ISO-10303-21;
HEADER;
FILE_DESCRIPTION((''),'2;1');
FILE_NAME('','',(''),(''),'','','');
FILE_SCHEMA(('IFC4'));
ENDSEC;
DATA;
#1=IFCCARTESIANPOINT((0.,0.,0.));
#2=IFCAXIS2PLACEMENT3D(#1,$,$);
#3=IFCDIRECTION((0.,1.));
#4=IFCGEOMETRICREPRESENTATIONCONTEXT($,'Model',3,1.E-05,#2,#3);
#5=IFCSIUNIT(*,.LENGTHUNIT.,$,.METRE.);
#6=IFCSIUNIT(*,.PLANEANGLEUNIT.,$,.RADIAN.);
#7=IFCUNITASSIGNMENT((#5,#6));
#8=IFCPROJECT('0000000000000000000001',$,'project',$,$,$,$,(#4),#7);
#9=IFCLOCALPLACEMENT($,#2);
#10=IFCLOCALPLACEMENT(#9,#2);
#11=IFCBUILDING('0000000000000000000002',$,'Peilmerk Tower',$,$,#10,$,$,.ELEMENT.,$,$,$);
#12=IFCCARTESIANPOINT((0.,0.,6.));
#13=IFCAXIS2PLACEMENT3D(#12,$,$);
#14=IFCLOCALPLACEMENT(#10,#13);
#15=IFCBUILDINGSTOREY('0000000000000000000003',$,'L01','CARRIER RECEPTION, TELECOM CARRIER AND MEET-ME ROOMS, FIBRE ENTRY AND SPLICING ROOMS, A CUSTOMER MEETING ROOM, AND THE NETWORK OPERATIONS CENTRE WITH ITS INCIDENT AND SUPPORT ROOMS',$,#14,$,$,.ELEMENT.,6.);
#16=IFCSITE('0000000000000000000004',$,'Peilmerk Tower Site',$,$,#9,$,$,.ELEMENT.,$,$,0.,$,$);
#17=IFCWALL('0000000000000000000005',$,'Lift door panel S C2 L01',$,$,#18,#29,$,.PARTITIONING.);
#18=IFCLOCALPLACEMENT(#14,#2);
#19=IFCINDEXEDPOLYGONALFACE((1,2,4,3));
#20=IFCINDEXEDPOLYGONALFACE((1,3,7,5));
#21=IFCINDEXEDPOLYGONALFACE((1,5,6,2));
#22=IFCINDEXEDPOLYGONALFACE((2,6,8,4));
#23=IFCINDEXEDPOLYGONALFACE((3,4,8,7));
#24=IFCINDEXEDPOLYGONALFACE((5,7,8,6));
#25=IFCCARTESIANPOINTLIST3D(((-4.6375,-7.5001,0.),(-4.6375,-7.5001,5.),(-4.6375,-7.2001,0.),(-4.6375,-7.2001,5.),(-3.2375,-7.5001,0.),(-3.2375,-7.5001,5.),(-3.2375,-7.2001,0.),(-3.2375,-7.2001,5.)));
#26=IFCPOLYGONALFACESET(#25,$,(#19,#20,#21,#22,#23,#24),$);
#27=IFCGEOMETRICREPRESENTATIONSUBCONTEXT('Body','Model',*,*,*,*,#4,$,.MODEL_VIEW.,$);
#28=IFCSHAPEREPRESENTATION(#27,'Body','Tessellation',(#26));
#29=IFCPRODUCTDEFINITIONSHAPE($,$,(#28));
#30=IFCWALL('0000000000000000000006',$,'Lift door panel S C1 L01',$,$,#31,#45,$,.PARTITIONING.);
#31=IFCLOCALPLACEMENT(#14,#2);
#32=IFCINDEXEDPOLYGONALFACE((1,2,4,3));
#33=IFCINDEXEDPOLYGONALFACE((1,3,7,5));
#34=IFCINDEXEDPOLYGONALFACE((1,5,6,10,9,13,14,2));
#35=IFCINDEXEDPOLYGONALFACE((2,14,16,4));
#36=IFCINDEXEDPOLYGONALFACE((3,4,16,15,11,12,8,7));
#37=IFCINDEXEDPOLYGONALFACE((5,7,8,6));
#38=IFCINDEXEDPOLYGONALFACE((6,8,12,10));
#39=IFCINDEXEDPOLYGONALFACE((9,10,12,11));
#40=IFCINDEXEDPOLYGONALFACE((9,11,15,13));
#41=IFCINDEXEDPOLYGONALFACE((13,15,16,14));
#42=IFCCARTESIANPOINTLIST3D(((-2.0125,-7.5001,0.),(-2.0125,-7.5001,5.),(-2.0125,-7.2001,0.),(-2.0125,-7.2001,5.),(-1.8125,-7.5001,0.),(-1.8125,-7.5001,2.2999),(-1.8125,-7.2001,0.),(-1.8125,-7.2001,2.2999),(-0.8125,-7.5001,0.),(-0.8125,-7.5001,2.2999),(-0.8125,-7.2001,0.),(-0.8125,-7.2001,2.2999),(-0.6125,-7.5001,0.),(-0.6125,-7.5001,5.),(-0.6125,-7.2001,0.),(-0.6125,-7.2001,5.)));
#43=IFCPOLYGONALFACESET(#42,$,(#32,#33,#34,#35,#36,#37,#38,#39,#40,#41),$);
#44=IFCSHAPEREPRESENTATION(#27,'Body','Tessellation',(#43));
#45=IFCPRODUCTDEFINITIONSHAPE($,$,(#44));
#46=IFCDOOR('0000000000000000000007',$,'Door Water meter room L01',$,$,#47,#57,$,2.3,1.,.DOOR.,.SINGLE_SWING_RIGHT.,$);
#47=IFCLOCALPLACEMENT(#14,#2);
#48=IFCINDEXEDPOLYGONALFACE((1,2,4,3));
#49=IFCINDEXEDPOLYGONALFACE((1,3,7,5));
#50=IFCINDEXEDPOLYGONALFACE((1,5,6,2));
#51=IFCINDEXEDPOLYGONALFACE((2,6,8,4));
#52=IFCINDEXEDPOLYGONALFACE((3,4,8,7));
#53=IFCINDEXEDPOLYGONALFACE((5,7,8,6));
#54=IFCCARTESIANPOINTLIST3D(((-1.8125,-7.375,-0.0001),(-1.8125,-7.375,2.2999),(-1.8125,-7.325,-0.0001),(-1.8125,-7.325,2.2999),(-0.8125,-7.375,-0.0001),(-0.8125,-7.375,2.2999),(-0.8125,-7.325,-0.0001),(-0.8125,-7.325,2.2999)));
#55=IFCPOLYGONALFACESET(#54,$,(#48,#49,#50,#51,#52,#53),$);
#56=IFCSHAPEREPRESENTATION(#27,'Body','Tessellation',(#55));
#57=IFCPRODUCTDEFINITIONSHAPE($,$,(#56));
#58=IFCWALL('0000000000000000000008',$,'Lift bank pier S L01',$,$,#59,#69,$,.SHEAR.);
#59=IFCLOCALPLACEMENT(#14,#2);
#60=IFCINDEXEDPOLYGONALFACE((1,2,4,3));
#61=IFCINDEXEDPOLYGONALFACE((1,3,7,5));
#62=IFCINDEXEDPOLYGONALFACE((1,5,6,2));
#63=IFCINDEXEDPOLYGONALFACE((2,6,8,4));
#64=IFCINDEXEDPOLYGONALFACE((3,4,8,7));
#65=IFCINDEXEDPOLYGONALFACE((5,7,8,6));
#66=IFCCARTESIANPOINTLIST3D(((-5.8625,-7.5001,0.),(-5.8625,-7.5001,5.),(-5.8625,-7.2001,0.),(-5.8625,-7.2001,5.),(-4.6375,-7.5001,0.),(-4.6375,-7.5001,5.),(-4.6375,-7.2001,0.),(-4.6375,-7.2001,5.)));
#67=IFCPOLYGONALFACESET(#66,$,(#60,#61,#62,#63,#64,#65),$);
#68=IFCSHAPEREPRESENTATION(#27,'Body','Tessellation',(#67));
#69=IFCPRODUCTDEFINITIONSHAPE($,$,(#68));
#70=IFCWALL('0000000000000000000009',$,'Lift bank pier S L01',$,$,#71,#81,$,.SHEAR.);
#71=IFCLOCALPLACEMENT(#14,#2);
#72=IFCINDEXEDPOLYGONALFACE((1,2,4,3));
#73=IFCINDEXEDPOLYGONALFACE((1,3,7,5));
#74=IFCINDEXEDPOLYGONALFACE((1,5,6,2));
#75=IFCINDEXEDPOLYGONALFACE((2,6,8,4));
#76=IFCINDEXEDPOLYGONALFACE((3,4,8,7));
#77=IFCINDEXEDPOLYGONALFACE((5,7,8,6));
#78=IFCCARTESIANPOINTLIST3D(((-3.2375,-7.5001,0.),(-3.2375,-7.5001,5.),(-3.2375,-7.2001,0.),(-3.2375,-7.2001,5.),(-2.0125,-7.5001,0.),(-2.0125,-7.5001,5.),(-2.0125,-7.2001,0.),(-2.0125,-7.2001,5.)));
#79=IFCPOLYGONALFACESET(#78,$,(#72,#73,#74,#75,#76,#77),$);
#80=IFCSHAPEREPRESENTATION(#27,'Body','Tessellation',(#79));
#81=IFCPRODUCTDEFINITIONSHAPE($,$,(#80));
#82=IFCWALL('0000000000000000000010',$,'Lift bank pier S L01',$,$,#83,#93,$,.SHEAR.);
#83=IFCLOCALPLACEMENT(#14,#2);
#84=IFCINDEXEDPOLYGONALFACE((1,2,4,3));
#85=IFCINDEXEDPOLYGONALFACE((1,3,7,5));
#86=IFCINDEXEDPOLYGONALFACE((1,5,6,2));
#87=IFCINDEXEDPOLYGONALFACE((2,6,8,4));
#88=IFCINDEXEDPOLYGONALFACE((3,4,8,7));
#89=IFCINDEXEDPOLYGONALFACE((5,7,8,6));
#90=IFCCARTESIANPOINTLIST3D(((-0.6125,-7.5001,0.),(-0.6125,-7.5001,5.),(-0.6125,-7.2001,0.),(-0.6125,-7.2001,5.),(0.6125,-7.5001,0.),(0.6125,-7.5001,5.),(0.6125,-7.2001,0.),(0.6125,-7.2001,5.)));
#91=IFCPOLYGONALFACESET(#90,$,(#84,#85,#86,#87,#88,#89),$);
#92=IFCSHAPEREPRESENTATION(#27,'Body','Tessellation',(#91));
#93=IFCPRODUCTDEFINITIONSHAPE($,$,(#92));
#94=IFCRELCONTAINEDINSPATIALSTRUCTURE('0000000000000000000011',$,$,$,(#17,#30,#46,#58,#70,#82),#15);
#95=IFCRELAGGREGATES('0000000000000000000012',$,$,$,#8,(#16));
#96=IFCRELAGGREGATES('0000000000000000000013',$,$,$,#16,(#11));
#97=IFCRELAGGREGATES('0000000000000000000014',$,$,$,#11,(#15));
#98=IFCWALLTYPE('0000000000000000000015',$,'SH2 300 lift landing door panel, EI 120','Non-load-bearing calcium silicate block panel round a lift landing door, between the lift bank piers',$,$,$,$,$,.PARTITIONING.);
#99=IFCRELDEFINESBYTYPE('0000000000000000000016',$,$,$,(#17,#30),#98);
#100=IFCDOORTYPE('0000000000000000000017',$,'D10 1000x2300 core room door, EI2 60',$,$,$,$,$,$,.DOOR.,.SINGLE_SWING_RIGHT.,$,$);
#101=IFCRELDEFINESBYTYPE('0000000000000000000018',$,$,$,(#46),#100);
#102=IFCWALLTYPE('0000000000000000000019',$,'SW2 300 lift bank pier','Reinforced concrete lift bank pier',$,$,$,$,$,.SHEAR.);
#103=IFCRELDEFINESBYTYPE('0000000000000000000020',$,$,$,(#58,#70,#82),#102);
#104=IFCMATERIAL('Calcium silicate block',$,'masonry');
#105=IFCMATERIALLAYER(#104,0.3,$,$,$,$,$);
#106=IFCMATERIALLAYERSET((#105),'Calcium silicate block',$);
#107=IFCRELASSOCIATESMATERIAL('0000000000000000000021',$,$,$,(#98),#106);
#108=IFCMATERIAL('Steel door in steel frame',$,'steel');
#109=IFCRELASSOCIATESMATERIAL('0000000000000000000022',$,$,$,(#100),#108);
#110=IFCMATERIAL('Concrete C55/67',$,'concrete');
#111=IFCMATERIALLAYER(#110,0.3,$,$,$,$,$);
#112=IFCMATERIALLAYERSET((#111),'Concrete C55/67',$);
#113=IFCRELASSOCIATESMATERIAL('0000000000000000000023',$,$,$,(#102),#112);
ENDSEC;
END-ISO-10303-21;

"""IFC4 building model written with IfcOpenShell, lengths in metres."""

from ifc_helpers import new_model, si_unit, direction, frame, frame_2d, origin, place, context, subcontext, project, spatial, rectangle, extrude, material, layer, layer_set, type_object, element, fill, save


model = new_model("IFC4")

# Units and contexts
model_context = context("Model", 3, precision=1e-05, world=origin(), true_north=direction((0.0, 1.0)))
body_context = subcontext(model_context, "Body", "Model", "MODEL_VIEW")
ifc_project = project(units=[si_unit("LENGTHUNIT", "METRE"), si_unit("PLANEANGLEUNIT", "RADIAN")], contexts=[model_context])

# Site, building, storey
site_placement = place(None, origin())
site = spatial("IfcSite", under=ifc_project, at=site_placement, Name="Peilmerk Tower Site", CompositionType="ELEMENT", RefElevation=0.0)
building_placement = place(site_placement, origin())
building = spatial("IfcBuilding", under=site, at=building_placement, Name="Peilmerk Tower", CompositionType="ELEMENT")
storey_placement = place(building_placement, frame((0.0, 0.0, 6.0)))
storey = spatial("IfcBuildingStorey", under=building, at=storey_placement, Name="L01", Description="CARRIER RECEPTION, TELECOM CARRIER AND MEET-ME ROOMS, FIBRE ENTRY AND SPLICING ROOMS, A CUSTOMER MEETING ROOM, AND THE NETWORK OPERATIONS CENTRE WITH ITS INCIDENT AND SUPPORT ROOMS", CompositionType="ELEMENT", Elevation=6.0)

# Shared definitions
ifc_material_1 = material(Name="Calcium silicate block", Category="masonry")

# Shared definitions
ifc_layer_1 = layer(ifc_material_1, 0.3)
ifc_layer_set_1 = layer_set([ifc_layer_1], Name="Calcium silicate block")
wall_type_1 = type_object("IfcWallType", Name="SH2 300 lift landing door panel, EI 120", Description="Non-load-bearing calcium silicate block panel round a lift landing door, between the lift bank piers", PredefinedType="PARTITIONING", material=ifc_layer_set_1)
ifc_material_2 = material(Name="Steel door in steel frame", Category="steel")
door_type = type_object("IfcDoorType", Name="D10 1000x2300 core room door, EI2 60", OperationType="SINGLE_SWING_RIGHT", PredefinedType="DOOR", material=ifc_material_2)

# Wall
wall_1_placement = place(storey_placement, frame((-4.6375, -7.3501, 0.0), z_axis=(0.0, 0.0, 1.0), x_axis=(1.0, 0.0, 0.0)))
element("IfcWall", 1, at=wall_1_placement, inside=storey, type_object=wall_type_1, Name="Lift door panel S C2 L01", PredefinedType="PARTITIONING", context=body_context, shape_type="SweptSolid", body=[
    extrude(rectangle(XDim=1.3999, YDim=0.3, at=frame_2d((0.7, 0.0))), origin(), (0.0, 0.0, 1.0), 5.0),
])

# Wall, opening, door
wall_2_placement = place(storey_placement, frame((-2.0125, -7.3501, 0.0), z_axis=(0.0, 0.0, 1.0), x_axis=(1.0, 0.0, 0.0)))
wall_2 = element("IfcWall", 2, at=wall_2_placement, inside=storey, type_object=wall_type_1, Name="Lift door panel S C1 L01", PredefinedType="PARTITIONING", context=body_context, shape_type="SweptSolid", body=[
    extrude(rectangle(XDim=1.3999, YDim=0.3, at=frame_2d((0.7, 0.0))), origin(), (0.0, 0.0, 1.0), 5.0),
])
opening_1_placement = place(wall_2_placement, frame((0.2, 0.0, 0.0)))
opening_1 = element("IfcOpeningElement", 3, at=opening_1_placement, cuts=wall_2, PredefinedType="OPENING", context=body_context, shape_type="SweptSolid", body=[
    extrude(rectangle(XDim=1.0, YDim=2.3, at=frame_2d((0.5, 1.1499))), frame((0.0, 0.1599, 0.0), z_axis=(0.0, -1.0, 0.0), x_axis=(1.0, 0.0, 0.0)), (0.0, 0.0, 1.0), 0.3201),
])
door_1_placement = place(opening_1_placement, frame((1.0, 0.0, 0.0), z_axis=(0.0, 0.0, 1.0), x_axis=(-1.0, 0.0, 0.0)))
door_1 = element("IfcDoor", 4, at=door_1_placement, inside=storey, type_object=door_type, Name="Door Water meter room L01", OperationType="SINGLE_SWING_RIGHT", OverallHeight=2.3, OverallWidth=1.0, PredefinedType="DOOR", context=body_context, shape_type="SweptSolid", body=[
    extrude(rectangle(XDim=1.0, YDim=2.3, at=frame_2d((0.5, 1.1499))), frame((0.0, 0.0249, 0.0), z_axis=(0.0, -1.0, 0.0), x_axis=(1.0, 0.0, 0.0)), (0.0, 0.0, 1.0), 0.05),
])
fill(opening_1, door_1)

# Walls
ifc_material_3 = material(Name="Concrete C55/67", Category="concrete")
ifc_layer_2 = layer(ifc_material_3, 0.3)
ifc_layer_set_2 = layer_set([ifc_layer_2], Name="Concrete C55/67")
wall_type_2 = type_object("IfcWallType", Name="SW2 300 lift bank pier", Description="Reinforced concrete lift bank pier", PredefinedType="SHEAR", material=ifc_layer_set_2)
for number, where, z_axis, x_axis, name in (
    (5, (-5.8625, -7.3501, 0.0), (0.0, 0.0, 1.0), (1.0, 0.0, 0.0), "Lift bank pier S L01"),
    (6, (-3.2375, -7.3501, 0.0), (0.0, 0.0, 1.0), (1.0, 0.0, 0.0), "Lift bank pier S L01"),
    (7, (-0.6125, -7.3501, 0.0), (0.0, 0.0, 1.0), (1.0, 0.0, 0.0), "Lift bank pier S L01"),
):
    element("IfcWall", number, at=place(storey_placement, frame(where, z_axis=z_axis, x_axis=x_axis)), inside=storey, type_object=wall_type_2, Name=name, PredefinedType="SHEAR", context=body_context, shape_type="SweptSolid", body=[
        extrude(rectangle(XDim=1.2251, YDim=0.3, at=frame_2d((0.6125, 0.0))), origin(), (0.0, 0.0, 1.0), 5.0),
    ])

save(model, "model.ifc")
